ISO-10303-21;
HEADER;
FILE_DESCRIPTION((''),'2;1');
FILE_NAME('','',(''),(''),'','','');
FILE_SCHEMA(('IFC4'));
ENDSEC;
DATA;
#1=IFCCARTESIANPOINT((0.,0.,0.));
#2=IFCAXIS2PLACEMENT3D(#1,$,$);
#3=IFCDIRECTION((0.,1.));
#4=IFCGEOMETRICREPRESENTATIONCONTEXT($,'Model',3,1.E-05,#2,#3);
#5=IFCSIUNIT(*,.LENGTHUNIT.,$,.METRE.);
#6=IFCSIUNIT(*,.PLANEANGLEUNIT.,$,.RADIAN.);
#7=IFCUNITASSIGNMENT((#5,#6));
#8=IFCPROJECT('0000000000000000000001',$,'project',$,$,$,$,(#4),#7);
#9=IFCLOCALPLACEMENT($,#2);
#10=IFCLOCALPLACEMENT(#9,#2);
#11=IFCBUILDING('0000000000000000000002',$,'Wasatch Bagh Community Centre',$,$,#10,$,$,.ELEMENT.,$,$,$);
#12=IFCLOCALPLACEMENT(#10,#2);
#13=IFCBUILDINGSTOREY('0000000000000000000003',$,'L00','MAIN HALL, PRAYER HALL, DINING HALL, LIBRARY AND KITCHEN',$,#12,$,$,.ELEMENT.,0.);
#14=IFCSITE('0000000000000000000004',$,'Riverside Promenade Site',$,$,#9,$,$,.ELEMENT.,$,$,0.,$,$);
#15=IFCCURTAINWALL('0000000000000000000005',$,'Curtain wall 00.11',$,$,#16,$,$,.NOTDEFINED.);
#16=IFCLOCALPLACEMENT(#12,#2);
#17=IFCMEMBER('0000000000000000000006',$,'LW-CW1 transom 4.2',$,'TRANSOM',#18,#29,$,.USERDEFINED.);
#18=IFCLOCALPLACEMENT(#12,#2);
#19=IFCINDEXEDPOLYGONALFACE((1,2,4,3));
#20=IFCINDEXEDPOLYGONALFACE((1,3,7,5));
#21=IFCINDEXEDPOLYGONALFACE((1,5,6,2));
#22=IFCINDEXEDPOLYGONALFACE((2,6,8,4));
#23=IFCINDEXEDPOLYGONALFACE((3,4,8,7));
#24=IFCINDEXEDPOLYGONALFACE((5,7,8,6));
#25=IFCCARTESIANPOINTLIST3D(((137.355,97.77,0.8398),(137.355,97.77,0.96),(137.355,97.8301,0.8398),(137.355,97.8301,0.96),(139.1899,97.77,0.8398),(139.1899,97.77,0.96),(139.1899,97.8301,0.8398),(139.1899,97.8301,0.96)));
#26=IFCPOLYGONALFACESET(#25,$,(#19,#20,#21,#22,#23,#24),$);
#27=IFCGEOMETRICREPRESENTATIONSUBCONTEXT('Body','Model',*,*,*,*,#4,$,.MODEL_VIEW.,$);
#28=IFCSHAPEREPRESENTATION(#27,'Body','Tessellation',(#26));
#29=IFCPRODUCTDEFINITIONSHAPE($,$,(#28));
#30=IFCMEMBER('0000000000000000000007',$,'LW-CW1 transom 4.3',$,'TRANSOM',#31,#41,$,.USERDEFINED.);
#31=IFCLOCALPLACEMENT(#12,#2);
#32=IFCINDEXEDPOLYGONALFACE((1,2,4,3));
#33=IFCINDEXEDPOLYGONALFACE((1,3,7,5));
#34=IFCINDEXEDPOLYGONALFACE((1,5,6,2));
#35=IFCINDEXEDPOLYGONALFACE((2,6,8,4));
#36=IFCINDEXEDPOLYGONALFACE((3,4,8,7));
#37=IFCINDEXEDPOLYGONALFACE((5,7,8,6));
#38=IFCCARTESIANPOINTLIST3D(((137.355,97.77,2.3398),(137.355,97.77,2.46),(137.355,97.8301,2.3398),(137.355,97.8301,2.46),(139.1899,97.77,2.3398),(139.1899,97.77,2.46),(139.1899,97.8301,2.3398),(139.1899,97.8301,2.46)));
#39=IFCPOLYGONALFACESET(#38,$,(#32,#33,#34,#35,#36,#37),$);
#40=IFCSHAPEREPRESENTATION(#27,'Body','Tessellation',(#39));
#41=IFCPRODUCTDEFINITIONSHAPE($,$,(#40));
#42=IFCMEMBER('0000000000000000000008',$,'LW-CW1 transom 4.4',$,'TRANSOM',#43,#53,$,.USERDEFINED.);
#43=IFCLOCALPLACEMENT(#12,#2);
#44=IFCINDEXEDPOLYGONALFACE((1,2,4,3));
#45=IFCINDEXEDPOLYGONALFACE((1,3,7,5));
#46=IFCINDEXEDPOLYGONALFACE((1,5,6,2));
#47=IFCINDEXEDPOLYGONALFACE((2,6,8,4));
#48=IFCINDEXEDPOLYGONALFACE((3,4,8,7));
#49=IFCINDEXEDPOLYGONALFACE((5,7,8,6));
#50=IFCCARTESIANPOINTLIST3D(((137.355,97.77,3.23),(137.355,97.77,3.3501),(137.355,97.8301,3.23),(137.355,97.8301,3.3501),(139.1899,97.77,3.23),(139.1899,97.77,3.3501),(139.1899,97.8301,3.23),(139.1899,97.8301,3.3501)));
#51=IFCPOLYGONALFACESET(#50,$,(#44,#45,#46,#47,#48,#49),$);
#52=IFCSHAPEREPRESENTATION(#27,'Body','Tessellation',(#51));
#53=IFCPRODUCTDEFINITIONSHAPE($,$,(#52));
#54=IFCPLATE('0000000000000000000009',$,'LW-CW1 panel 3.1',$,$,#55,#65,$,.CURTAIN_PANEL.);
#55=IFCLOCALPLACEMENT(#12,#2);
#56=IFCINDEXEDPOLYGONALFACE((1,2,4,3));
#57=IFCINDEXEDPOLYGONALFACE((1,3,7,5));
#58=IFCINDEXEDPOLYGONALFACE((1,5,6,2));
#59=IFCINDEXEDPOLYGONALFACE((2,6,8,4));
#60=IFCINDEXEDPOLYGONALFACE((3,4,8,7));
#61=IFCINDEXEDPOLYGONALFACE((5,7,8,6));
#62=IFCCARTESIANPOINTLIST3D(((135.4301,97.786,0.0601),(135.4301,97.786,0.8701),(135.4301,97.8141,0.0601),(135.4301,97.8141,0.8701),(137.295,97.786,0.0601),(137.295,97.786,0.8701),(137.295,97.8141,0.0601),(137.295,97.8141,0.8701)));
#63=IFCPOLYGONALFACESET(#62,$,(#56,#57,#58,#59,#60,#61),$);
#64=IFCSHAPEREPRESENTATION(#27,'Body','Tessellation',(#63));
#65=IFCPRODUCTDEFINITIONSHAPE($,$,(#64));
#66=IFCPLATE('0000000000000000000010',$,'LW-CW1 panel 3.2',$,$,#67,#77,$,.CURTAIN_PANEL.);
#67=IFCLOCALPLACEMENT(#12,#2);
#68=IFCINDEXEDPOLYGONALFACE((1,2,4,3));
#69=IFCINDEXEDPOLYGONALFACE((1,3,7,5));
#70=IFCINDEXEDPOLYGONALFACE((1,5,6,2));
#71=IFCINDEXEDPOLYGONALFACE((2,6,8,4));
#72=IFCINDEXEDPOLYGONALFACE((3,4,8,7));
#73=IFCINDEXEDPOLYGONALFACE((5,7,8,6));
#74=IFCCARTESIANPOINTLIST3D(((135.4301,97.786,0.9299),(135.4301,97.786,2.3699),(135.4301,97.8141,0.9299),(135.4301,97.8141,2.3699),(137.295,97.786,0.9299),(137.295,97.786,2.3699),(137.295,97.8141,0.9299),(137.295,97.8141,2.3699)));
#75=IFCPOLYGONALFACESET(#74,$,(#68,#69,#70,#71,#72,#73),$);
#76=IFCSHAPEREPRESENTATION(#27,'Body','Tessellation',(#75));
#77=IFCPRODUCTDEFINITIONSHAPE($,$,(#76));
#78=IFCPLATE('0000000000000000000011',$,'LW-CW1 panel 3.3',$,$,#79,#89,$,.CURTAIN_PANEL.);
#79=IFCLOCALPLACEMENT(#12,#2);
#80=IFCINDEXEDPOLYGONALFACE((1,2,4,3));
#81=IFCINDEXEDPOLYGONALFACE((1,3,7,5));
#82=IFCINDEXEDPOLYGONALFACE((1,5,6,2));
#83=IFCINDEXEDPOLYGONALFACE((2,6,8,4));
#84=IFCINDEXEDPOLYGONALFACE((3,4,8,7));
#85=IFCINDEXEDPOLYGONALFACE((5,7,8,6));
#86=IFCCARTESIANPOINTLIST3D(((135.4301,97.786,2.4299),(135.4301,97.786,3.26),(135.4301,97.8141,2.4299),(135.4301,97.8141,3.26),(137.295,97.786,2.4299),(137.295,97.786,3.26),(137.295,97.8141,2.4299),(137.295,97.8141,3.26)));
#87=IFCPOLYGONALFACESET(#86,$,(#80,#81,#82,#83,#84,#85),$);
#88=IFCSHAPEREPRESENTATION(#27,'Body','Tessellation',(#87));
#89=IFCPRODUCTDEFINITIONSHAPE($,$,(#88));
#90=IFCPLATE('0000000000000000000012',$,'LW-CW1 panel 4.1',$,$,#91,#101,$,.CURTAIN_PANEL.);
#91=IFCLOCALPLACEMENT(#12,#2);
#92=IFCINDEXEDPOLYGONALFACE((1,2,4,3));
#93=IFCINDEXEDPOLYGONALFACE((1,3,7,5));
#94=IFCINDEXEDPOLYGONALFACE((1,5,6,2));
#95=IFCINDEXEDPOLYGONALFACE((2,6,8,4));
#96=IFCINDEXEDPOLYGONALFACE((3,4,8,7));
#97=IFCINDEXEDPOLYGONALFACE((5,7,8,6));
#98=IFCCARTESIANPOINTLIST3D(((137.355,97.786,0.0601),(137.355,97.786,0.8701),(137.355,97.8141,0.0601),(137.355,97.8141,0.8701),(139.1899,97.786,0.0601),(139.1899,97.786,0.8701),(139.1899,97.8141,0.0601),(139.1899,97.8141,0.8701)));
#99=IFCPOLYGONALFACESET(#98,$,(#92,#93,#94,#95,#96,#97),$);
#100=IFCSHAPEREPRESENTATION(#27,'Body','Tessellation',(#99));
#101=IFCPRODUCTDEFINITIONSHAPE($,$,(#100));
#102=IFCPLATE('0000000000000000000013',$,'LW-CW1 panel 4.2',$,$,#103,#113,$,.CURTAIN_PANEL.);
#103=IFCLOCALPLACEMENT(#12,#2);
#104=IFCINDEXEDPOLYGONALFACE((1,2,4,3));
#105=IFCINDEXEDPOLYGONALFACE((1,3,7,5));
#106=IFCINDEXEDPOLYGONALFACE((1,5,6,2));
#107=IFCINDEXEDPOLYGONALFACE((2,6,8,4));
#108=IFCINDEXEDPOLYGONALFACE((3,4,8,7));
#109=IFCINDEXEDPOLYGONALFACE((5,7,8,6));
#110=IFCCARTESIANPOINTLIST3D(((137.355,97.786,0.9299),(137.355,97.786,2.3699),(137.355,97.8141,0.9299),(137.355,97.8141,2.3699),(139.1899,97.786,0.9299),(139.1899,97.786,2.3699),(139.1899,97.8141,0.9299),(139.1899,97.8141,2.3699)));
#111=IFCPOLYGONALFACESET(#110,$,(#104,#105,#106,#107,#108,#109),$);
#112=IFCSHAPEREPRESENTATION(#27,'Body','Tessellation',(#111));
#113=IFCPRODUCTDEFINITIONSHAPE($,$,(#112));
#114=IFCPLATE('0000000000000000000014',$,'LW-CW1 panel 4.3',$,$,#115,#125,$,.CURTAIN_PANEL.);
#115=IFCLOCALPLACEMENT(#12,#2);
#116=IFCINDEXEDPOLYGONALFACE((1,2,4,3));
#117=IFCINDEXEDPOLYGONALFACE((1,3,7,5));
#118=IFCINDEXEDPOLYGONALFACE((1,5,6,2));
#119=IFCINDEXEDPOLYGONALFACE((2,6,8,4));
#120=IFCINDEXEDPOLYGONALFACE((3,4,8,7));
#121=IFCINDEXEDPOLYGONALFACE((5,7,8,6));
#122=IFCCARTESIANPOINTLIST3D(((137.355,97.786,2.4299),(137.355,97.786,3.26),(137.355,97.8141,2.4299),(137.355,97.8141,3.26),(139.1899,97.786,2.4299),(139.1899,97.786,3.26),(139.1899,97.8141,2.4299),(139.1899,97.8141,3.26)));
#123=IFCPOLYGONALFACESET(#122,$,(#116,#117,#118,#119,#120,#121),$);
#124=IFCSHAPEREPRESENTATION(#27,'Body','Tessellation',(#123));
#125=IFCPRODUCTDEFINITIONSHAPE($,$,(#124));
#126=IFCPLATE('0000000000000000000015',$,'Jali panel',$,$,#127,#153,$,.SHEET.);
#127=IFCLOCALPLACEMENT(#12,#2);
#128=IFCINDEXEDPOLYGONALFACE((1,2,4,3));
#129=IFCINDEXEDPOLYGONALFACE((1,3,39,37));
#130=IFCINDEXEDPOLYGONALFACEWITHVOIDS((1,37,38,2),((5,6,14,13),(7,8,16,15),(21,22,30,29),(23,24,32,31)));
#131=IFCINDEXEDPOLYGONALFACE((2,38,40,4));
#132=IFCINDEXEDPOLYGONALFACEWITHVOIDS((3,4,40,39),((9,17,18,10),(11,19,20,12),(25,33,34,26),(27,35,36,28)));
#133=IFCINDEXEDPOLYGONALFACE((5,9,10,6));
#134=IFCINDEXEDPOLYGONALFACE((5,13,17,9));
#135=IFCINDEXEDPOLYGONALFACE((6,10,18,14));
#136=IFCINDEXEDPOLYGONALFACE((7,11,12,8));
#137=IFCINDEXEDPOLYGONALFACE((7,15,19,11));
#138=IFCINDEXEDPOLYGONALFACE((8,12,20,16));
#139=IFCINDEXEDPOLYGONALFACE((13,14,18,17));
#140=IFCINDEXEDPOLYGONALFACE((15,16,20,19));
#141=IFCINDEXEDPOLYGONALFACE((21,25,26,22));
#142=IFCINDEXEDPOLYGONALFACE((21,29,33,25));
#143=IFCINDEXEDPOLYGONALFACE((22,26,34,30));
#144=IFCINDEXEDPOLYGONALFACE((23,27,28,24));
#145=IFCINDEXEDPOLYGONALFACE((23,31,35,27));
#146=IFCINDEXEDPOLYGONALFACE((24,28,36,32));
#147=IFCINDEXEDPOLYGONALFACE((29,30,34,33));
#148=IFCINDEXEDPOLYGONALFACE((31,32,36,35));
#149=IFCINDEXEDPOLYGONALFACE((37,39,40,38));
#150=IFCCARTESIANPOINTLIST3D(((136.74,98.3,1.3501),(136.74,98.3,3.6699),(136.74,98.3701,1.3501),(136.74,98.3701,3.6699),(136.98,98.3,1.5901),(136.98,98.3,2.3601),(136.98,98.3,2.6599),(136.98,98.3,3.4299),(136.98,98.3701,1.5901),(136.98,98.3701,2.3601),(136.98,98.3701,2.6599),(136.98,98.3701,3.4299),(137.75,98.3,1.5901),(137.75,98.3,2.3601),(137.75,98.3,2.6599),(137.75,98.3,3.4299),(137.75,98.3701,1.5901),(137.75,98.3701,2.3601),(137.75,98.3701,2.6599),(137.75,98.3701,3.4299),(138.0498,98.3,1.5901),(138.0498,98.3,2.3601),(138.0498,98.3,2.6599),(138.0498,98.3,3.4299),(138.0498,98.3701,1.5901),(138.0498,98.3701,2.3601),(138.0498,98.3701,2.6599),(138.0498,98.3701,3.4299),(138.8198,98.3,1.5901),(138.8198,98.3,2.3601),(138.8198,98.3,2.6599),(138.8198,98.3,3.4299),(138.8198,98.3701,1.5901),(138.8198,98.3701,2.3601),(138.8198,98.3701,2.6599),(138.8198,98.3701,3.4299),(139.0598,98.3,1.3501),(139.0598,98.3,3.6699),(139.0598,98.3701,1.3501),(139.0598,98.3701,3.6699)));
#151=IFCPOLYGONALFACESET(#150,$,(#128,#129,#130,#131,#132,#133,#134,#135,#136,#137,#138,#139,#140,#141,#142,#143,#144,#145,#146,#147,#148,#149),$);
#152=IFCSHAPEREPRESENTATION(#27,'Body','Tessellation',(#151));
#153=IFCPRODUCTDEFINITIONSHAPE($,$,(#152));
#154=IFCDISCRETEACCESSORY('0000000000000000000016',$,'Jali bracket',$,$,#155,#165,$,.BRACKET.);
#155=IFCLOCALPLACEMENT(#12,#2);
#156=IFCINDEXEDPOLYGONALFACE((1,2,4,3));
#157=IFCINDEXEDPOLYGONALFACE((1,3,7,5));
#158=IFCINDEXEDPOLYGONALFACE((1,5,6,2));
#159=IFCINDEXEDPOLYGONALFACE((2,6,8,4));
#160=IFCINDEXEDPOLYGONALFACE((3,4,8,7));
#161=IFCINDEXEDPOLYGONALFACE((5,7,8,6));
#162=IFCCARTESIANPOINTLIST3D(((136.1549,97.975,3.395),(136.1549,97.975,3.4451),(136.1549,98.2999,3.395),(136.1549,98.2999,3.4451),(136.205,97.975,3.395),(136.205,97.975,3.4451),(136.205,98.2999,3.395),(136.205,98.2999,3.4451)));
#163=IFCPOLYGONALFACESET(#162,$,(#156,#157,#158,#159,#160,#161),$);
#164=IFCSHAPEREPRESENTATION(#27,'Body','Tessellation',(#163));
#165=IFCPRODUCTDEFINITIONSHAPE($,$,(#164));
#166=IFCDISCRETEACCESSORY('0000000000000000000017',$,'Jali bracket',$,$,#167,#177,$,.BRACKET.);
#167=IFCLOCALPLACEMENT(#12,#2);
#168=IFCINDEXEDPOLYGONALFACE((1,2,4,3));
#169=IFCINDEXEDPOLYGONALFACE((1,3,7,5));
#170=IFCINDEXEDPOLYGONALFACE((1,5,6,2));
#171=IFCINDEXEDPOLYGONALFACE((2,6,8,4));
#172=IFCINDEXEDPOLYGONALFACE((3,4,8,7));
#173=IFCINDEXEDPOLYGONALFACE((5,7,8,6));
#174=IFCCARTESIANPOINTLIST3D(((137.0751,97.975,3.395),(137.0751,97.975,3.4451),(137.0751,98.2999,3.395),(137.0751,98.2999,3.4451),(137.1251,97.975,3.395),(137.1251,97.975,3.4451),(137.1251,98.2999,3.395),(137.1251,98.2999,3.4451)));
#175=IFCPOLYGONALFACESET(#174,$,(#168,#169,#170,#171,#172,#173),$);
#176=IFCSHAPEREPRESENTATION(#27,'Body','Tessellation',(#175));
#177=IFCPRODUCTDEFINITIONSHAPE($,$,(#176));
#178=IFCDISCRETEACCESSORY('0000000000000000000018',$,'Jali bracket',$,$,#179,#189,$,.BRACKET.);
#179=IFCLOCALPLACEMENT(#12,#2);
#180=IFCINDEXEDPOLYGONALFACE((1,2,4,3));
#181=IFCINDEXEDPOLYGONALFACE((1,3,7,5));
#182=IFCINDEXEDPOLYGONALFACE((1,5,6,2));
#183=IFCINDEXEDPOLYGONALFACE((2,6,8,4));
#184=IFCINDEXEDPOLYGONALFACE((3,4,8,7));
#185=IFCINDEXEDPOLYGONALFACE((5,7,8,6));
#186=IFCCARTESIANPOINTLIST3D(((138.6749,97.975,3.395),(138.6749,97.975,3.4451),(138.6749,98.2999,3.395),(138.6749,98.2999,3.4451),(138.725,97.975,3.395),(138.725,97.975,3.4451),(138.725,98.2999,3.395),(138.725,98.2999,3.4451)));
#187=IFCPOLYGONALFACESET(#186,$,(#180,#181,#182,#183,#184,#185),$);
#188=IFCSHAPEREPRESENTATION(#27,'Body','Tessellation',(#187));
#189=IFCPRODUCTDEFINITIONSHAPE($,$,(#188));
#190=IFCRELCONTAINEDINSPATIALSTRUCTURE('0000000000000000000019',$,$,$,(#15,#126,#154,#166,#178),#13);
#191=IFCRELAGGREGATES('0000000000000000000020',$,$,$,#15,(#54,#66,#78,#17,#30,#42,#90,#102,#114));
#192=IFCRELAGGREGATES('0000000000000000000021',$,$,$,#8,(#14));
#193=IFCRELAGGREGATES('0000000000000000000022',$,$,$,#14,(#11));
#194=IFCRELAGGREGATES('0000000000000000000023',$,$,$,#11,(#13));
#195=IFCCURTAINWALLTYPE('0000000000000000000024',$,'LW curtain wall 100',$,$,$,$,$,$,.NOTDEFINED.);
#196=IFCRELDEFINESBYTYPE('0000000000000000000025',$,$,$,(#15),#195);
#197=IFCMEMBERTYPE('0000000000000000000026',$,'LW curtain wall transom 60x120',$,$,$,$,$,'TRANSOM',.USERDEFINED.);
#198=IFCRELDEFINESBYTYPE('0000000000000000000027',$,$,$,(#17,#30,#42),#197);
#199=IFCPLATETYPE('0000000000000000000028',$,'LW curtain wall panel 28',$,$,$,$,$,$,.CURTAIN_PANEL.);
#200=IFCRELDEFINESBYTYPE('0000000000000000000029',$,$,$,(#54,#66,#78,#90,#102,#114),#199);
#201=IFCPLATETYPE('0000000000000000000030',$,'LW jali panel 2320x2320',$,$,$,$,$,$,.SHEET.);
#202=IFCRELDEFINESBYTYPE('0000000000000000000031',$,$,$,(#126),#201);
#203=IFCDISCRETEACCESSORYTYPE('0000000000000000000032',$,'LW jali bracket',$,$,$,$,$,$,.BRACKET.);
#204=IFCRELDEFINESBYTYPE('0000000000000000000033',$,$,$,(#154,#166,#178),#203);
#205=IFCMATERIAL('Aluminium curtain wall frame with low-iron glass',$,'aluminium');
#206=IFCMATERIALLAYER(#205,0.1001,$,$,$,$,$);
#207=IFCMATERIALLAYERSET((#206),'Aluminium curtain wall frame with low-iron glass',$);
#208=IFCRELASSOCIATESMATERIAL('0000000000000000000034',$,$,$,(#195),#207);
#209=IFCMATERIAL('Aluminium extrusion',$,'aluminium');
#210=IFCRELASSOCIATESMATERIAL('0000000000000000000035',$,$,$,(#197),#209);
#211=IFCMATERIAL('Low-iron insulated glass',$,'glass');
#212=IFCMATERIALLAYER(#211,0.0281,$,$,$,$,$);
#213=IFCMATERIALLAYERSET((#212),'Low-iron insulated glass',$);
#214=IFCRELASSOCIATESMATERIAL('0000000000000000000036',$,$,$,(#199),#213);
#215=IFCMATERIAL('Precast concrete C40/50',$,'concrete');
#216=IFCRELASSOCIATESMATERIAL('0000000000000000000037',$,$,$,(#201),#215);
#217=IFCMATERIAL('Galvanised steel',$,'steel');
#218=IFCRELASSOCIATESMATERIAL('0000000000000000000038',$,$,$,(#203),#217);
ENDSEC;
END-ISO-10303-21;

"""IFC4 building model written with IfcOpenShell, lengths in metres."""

from ifc_helpers import new_model, si_unit, direction, frame, origin, origin_2d, place, context, subcontext, project, spatial, polyline, rectangle, outline, extrude, material, layer, layer_set, material_profile, profile_set, type_object, element, aggregate, save


model = new_model("IFC4")

# Units and contexts
model_context = context("Model", 3, precision=1e-05, world=origin(), true_north=direction((0.0, 1.0)))
body_context = subcontext(model_context, "Body", "Model", "MODEL_VIEW")
ifc_project = project(units=[si_unit("LENGTHUNIT", "METRE"), si_unit("PLANEANGLEUNIT", "RADIAN")], contexts=[model_context])

# Site, building, storey
site_placement = place(None, origin())
site = spatial("IfcSite", under=ifc_project, at=site_placement, Name="Riverside Promenade Site", CompositionType="ELEMENT", RefElevation=0.0)
building_placement = place(site_placement, origin())
building = spatial("IfcBuilding", under=site, at=building_placement, Name="Wasatch Bagh Community Centre", CompositionType="ELEMENT")
storey_placement = place(building_placement, origin())
storey = spatial("IfcBuildingStorey", under=building, at=storey_placement, Name="L00", Description="MAIN HALL, PRAYER HALL, DINING HALL, LIBRARY AND KITCHEN", CompositionType="ELEMENT", Elevation=0.0)

# Curtain wall, members, plates
ifc_material_1 = material(Name="Aluminium curtain wall frame with low-iron glass", Category="aluminium")
ifc_layer_1 = layer(ifc_material_1, 0.1001)
ifc_layer_set_1 = layer_set([ifc_layer_1], Name="Aluminium curtain wall frame with low-iron glass")
curtain_wall_type = type_object("IfcCurtainWallType", Name="LW curtain wall 100", PredefinedType="NOTDEFINED", material=ifc_layer_set_1)
curtain_wall_placement = place(storey_placement, origin())
curtain_wall = element("IfcCurtainWall", 1, at=curtain_wall_placement, inside=storey, type_object=curtain_wall_type, Name="Curtain wall 00.11", PredefinedType="NOTDEFINED")
ifc_material_2 = material(Name="Aluminium extrusion", Category="aluminium")
ifc_material_profile_1 = material_profile(ifc_material_2, rectangle(XDim=0.0601, YDim=0.1201, at=origin_2d()), Name="AL 60x120")
ifc_profile_set_1 = profile_set([ifc_material_profile_1], Name="Aluminium extrusion")
member_type_1 = type_object("IfcMemberType", Name="LW curtain wall transom 60x120", ElementType="TRANSOM", PredefinedType="USERDEFINED", material=ifc_profile_set_1)
member_1_placement = place(storey_placement, frame((137.355, 97.8, 0.8999), z_axis=(1.0, 0.0, 0.0), x_axis=(0.0, 1.0, 0.0)))
member_1 = element("IfcMember", 2, at=member_1_placement, type_object=member_type_1, Name="LW-CW1 transom 4.2", ObjectType="TRANSOM", PredefinedType="USERDEFINED", context=body_context, shape_type="SweptSolid", body=[
    extrude(rectangle(XDim=0.0601, YDim=0.1201, at=origin_2d()), origin(), (0.0, 0.0, 1.0), 1.835),
])
member_2_placement = place(storey_placement, frame((137.355, 97.8, 2.3999), z_axis=(1.0, 0.0, 0.0), x_axis=(0.0, 1.0, 0.0)))
member_2 = element("IfcMember", 3, at=member_2_placement, type_object=member_type_1, Name="LW-CW1 transom 4.3", ObjectType="TRANSOM", PredefinedType="USERDEFINED", context=body_context, shape_type="SweptSolid", body=[
    extrude(rectangle(XDim=0.0601, YDim=0.1201, at=origin_2d()), origin(), (0.0, 0.0, 1.0), 1.835),
])
member_3_placement = place(storey_placement, frame((137.355, 97.8, 3.29), z_axis=(1.0, 0.0, 0.0), x_axis=(0.0, 1.0, 0.0)))
member_3 = element("IfcMember", 4, at=member_3_placement, type_object=member_type_1, Name="LW-CW1 transom 4.4", ObjectType="TRANSOM", PredefinedType="USERDEFINED", context=body_context, shape_type="SweptSolid", body=[
    extrude(rectangle(XDim=0.0601, YDim=0.1201, at=origin_2d()), origin(), (0.0, 0.0, 1.0), 1.835),
])
ifc_material_3 = material(Name="Low-iron insulated glass", Category="glass")
ifc_layer_2 = layer(ifc_material_3, 0.0281)
ifc_layer_set_2 = layer_set([ifc_layer_2], Name="Low-iron insulated glass")
plate_type_1 = type_object("IfcPlateType", Name="LW curtain wall panel 28", PredefinedType="CURTAIN_PANEL", material=ifc_layer_set_2)
plate_1_placement = place(storey_placement, frame((136.3625, 97.8, 0.0601), z_axis=(0.0, 0.0, 1.0), x_axis=(1.0, 0.0, 0.0)))
plate_1 = element("IfcPlate", 5, at=plate_1_placement, type_object=plate_type_1, Name="LW-CW1 panel 3.1", PredefinedType="CURTAIN_PANEL", context=body_context, shape_type="SweptSolid", body=[
    extrude(rectangle(XDim=1.865, YDim=0.0281, at=origin_2d()), origin(), (0.0, 0.0, 1.0), 0.8101),
])
plate_2_placement = place(storey_placement, frame((136.3625, 97.8, 0.9299), z_axis=(0.0, 0.0, 1.0), x_axis=(1.0, 0.0, 0.0)))
plate_2 = element("IfcPlate", 6, at=plate_2_placement, type_object=plate_type_1, Name="LW-CW1 panel 3.2", PredefinedType="CURTAIN_PANEL", context=body_context, shape_type="SweptSolid", body=[
    extrude(rectangle(XDim=1.865, YDim=0.0281, at=origin_2d()), origin(), (0.0, 0.0, 1.0), 1.4399),
])
plate_3_placement = place(storey_placement, frame((136.3625, 97.8, 2.4299), z_axis=(0.0, 0.0, 1.0), x_axis=(1.0, 0.0, 0.0)))
plate_3 = element("IfcPlate", 7, at=plate_3_placement, type_object=plate_type_1, Name="LW-CW1 panel 3.3", PredefinedType="CURTAIN_PANEL", context=body_context, shape_type="SweptSolid", body=[
    extrude(rectangle(XDim=1.865, YDim=0.0281, at=origin_2d()), origin(), (0.0, 0.0, 1.0), 0.8301),
])
plate_4_placement = place(storey_placement, frame((138.2725, 97.8, 0.0601), z_axis=(0.0, 0.0, 1.0), x_axis=(1.0, 0.0, 0.0)))
plate_4 = element("IfcPlate", 8, at=plate_4_placement, type_object=plate_type_1, Name="LW-CW1 panel 4.1", PredefinedType="CURTAIN_PANEL", context=body_context, shape_type="SweptSolid", body=[
    extrude(rectangle(XDim=1.835, YDim=0.0281, at=origin_2d()), origin(), (0.0, 0.0, 1.0), 0.8101),
])
plate_5_placement = place(storey_placement, frame((138.2725, 97.8, 0.9299), z_axis=(0.0, 0.0, 1.0), x_axis=(1.0, 0.0, 0.0)))
plate_5 = element("IfcPlate", 9, at=plate_5_placement, type_object=plate_type_1, Name="LW-CW1 panel 4.2", PredefinedType="CURTAIN_PANEL", context=body_context, shape_type="SweptSolid", body=[
    extrude(rectangle(XDim=1.835, YDim=0.0281, at=origin_2d()), origin(), (0.0, 0.0, 1.0), 1.4399),
])
plate_6_placement = place(storey_placement, frame((138.2725, 97.8, 2.4299), z_axis=(0.0, 0.0, 1.0), x_axis=(1.0, 0.0, 0.0)))
plate_6 = element("IfcPlate", 10, at=plate_6_placement, type_object=plate_type_1, Name="LW-CW1 panel 4.3", PredefinedType="CURTAIN_PANEL", context=body_context, shape_type="SweptSolid", body=[
    extrude(rectangle(XDim=1.835, YDim=0.0281, at=origin_2d()), origin(), (0.0, 0.0, 1.0), 0.8301),
])
aggregate(curtain_wall, [plate_1, plate_2, plate_3, member_1, member_2, member_3, plate_4, plate_5, plate_6])

# Plate
ifc_material_4 = material(Name="Precast concrete C40/50", Category="concrete")
ifc_material_profile_2 = material_profile(ifc_material_4, outline(polyline([(-1.1599, -1.1599), (1.1599, -1.1599), (1.1599, 1.1599), (-1.1599, 1.1599), (-1.1599, -1.1599)]), holes=[polyline([(-0.9199, -0.9199), (-0.1499, -0.9199), (-0.1499, -0.1499), (-0.9199, -0.1499), (-0.9199, -0.9199)]), polyline([(-0.9199, 0.1499), (-0.1499, 0.1499), (-0.1499, 0.9199), (-0.9199, 0.9199), (-0.9199, 0.1499)]), polyline([(0.1499, -0.9199), (0.9199, -0.9199), (0.9199, -0.1499), (0.1499, -0.1499), (0.1499, -0.9199)]), polyline([(0.1499, 0.1499), (0.9199, 0.1499), (0.9199, 0.9199), (0.1499, 0.9199), (0.1499, 0.1499)])]), Name="Jali lattice")
ifc_profile_set_2 = profile_set([ifc_material_profile_2], Name="Precast concrete C40/50")
plate_type_2 = type_object("IfcPlateType", Name="LW jali panel 2320x2320", PredefinedType="SHEET", material=ifc_profile_set_2)
plate_7_placement = place(storey_placement, frame((137.8999, 98.3, 2.51), z_axis=(0.0, 1.0, 0.0), x_axis=(-1.0, 0.0, 0.0)))
element("IfcPlate", 11, at=plate_7_placement, inside=storey, type_object=plate_type_2, Name="Jali panel", PredefinedType="SHEET", context=body_context, shape_type="SweptSolid", body=[
    extrude(outline(polyline([(-1.1599, -1.1599), (1.1599, -1.1599), (1.1599, 1.1599), (-1.1599, 1.1599), (-1.1599, -1.1599)]), holes=[polyline([(-0.9199, -0.9199), (-0.1499, -0.9199), (-0.1499, -0.1499), (-0.9199, -0.1499), (-0.9199, -0.9199)]), polyline([(-0.9199, 0.1499), (-0.1499, 0.1499), (-0.1499, 0.9199), (-0.9199, 0.9199), (-0.9199, 0.1499)]), polyline([(0.1499, -0.9199), (0.9199, -0.9199), (0.9199, -0.1499), (0.1499, -0.1499), (0.1499, -0.9199)]), polyline([(0.1499, 0.1499), (0.9199, 0.1499), (0.9199, 0.9199), (0.1499, 0.9199), (0.1499, 0.1499)])]), origin(), (0.0, 0.0, 1.0), 0.0701),
])

# Discrete accessories
ifc_material_5 = material(Name="Galvanised steel", Category="steel")
discrete_accessory_type = type_object("IfcDiscreteAccessoryType", Name="LW jali bracket", PredefinedType="BRACKET", material=ifc_material_5)
for number, where, z_axis, x_axis, name in (
    (12, (136.1799, 98.1375, 3.395), (0.0, 0.0, 1.0), (1.0, 0.0, 0.0), "Jali bracket"),
    (13, (137.1001, 98.1375, 3.395), (0.0, 0.0, 1.0), (1.0, 0.0, 0.0), "Jali bracket"),
    (14, (138.7, 98.1375, 3.395), (0.0, 0.0, 1.0), (1.0, 0.0, 0.0), "Jali bracket"),
):
    element("IfcDiscreteAccessory", number, at=place(storey_placement, frame(where, z_axis=z_axis, x_axis=x_axis)), inside=storey, type_object=discrete_accessory_type, Name=name, PredefinedType="BRACKET", context=body_context, shape_type="SweptSolid", body=[
        extrude(rectangle(XDim=0.05, YDim=0.325, at=origin_2d()), origin(), (0.0, 0.0, 1.0), 0.05),
    ])

save(model, "model.ifc")
